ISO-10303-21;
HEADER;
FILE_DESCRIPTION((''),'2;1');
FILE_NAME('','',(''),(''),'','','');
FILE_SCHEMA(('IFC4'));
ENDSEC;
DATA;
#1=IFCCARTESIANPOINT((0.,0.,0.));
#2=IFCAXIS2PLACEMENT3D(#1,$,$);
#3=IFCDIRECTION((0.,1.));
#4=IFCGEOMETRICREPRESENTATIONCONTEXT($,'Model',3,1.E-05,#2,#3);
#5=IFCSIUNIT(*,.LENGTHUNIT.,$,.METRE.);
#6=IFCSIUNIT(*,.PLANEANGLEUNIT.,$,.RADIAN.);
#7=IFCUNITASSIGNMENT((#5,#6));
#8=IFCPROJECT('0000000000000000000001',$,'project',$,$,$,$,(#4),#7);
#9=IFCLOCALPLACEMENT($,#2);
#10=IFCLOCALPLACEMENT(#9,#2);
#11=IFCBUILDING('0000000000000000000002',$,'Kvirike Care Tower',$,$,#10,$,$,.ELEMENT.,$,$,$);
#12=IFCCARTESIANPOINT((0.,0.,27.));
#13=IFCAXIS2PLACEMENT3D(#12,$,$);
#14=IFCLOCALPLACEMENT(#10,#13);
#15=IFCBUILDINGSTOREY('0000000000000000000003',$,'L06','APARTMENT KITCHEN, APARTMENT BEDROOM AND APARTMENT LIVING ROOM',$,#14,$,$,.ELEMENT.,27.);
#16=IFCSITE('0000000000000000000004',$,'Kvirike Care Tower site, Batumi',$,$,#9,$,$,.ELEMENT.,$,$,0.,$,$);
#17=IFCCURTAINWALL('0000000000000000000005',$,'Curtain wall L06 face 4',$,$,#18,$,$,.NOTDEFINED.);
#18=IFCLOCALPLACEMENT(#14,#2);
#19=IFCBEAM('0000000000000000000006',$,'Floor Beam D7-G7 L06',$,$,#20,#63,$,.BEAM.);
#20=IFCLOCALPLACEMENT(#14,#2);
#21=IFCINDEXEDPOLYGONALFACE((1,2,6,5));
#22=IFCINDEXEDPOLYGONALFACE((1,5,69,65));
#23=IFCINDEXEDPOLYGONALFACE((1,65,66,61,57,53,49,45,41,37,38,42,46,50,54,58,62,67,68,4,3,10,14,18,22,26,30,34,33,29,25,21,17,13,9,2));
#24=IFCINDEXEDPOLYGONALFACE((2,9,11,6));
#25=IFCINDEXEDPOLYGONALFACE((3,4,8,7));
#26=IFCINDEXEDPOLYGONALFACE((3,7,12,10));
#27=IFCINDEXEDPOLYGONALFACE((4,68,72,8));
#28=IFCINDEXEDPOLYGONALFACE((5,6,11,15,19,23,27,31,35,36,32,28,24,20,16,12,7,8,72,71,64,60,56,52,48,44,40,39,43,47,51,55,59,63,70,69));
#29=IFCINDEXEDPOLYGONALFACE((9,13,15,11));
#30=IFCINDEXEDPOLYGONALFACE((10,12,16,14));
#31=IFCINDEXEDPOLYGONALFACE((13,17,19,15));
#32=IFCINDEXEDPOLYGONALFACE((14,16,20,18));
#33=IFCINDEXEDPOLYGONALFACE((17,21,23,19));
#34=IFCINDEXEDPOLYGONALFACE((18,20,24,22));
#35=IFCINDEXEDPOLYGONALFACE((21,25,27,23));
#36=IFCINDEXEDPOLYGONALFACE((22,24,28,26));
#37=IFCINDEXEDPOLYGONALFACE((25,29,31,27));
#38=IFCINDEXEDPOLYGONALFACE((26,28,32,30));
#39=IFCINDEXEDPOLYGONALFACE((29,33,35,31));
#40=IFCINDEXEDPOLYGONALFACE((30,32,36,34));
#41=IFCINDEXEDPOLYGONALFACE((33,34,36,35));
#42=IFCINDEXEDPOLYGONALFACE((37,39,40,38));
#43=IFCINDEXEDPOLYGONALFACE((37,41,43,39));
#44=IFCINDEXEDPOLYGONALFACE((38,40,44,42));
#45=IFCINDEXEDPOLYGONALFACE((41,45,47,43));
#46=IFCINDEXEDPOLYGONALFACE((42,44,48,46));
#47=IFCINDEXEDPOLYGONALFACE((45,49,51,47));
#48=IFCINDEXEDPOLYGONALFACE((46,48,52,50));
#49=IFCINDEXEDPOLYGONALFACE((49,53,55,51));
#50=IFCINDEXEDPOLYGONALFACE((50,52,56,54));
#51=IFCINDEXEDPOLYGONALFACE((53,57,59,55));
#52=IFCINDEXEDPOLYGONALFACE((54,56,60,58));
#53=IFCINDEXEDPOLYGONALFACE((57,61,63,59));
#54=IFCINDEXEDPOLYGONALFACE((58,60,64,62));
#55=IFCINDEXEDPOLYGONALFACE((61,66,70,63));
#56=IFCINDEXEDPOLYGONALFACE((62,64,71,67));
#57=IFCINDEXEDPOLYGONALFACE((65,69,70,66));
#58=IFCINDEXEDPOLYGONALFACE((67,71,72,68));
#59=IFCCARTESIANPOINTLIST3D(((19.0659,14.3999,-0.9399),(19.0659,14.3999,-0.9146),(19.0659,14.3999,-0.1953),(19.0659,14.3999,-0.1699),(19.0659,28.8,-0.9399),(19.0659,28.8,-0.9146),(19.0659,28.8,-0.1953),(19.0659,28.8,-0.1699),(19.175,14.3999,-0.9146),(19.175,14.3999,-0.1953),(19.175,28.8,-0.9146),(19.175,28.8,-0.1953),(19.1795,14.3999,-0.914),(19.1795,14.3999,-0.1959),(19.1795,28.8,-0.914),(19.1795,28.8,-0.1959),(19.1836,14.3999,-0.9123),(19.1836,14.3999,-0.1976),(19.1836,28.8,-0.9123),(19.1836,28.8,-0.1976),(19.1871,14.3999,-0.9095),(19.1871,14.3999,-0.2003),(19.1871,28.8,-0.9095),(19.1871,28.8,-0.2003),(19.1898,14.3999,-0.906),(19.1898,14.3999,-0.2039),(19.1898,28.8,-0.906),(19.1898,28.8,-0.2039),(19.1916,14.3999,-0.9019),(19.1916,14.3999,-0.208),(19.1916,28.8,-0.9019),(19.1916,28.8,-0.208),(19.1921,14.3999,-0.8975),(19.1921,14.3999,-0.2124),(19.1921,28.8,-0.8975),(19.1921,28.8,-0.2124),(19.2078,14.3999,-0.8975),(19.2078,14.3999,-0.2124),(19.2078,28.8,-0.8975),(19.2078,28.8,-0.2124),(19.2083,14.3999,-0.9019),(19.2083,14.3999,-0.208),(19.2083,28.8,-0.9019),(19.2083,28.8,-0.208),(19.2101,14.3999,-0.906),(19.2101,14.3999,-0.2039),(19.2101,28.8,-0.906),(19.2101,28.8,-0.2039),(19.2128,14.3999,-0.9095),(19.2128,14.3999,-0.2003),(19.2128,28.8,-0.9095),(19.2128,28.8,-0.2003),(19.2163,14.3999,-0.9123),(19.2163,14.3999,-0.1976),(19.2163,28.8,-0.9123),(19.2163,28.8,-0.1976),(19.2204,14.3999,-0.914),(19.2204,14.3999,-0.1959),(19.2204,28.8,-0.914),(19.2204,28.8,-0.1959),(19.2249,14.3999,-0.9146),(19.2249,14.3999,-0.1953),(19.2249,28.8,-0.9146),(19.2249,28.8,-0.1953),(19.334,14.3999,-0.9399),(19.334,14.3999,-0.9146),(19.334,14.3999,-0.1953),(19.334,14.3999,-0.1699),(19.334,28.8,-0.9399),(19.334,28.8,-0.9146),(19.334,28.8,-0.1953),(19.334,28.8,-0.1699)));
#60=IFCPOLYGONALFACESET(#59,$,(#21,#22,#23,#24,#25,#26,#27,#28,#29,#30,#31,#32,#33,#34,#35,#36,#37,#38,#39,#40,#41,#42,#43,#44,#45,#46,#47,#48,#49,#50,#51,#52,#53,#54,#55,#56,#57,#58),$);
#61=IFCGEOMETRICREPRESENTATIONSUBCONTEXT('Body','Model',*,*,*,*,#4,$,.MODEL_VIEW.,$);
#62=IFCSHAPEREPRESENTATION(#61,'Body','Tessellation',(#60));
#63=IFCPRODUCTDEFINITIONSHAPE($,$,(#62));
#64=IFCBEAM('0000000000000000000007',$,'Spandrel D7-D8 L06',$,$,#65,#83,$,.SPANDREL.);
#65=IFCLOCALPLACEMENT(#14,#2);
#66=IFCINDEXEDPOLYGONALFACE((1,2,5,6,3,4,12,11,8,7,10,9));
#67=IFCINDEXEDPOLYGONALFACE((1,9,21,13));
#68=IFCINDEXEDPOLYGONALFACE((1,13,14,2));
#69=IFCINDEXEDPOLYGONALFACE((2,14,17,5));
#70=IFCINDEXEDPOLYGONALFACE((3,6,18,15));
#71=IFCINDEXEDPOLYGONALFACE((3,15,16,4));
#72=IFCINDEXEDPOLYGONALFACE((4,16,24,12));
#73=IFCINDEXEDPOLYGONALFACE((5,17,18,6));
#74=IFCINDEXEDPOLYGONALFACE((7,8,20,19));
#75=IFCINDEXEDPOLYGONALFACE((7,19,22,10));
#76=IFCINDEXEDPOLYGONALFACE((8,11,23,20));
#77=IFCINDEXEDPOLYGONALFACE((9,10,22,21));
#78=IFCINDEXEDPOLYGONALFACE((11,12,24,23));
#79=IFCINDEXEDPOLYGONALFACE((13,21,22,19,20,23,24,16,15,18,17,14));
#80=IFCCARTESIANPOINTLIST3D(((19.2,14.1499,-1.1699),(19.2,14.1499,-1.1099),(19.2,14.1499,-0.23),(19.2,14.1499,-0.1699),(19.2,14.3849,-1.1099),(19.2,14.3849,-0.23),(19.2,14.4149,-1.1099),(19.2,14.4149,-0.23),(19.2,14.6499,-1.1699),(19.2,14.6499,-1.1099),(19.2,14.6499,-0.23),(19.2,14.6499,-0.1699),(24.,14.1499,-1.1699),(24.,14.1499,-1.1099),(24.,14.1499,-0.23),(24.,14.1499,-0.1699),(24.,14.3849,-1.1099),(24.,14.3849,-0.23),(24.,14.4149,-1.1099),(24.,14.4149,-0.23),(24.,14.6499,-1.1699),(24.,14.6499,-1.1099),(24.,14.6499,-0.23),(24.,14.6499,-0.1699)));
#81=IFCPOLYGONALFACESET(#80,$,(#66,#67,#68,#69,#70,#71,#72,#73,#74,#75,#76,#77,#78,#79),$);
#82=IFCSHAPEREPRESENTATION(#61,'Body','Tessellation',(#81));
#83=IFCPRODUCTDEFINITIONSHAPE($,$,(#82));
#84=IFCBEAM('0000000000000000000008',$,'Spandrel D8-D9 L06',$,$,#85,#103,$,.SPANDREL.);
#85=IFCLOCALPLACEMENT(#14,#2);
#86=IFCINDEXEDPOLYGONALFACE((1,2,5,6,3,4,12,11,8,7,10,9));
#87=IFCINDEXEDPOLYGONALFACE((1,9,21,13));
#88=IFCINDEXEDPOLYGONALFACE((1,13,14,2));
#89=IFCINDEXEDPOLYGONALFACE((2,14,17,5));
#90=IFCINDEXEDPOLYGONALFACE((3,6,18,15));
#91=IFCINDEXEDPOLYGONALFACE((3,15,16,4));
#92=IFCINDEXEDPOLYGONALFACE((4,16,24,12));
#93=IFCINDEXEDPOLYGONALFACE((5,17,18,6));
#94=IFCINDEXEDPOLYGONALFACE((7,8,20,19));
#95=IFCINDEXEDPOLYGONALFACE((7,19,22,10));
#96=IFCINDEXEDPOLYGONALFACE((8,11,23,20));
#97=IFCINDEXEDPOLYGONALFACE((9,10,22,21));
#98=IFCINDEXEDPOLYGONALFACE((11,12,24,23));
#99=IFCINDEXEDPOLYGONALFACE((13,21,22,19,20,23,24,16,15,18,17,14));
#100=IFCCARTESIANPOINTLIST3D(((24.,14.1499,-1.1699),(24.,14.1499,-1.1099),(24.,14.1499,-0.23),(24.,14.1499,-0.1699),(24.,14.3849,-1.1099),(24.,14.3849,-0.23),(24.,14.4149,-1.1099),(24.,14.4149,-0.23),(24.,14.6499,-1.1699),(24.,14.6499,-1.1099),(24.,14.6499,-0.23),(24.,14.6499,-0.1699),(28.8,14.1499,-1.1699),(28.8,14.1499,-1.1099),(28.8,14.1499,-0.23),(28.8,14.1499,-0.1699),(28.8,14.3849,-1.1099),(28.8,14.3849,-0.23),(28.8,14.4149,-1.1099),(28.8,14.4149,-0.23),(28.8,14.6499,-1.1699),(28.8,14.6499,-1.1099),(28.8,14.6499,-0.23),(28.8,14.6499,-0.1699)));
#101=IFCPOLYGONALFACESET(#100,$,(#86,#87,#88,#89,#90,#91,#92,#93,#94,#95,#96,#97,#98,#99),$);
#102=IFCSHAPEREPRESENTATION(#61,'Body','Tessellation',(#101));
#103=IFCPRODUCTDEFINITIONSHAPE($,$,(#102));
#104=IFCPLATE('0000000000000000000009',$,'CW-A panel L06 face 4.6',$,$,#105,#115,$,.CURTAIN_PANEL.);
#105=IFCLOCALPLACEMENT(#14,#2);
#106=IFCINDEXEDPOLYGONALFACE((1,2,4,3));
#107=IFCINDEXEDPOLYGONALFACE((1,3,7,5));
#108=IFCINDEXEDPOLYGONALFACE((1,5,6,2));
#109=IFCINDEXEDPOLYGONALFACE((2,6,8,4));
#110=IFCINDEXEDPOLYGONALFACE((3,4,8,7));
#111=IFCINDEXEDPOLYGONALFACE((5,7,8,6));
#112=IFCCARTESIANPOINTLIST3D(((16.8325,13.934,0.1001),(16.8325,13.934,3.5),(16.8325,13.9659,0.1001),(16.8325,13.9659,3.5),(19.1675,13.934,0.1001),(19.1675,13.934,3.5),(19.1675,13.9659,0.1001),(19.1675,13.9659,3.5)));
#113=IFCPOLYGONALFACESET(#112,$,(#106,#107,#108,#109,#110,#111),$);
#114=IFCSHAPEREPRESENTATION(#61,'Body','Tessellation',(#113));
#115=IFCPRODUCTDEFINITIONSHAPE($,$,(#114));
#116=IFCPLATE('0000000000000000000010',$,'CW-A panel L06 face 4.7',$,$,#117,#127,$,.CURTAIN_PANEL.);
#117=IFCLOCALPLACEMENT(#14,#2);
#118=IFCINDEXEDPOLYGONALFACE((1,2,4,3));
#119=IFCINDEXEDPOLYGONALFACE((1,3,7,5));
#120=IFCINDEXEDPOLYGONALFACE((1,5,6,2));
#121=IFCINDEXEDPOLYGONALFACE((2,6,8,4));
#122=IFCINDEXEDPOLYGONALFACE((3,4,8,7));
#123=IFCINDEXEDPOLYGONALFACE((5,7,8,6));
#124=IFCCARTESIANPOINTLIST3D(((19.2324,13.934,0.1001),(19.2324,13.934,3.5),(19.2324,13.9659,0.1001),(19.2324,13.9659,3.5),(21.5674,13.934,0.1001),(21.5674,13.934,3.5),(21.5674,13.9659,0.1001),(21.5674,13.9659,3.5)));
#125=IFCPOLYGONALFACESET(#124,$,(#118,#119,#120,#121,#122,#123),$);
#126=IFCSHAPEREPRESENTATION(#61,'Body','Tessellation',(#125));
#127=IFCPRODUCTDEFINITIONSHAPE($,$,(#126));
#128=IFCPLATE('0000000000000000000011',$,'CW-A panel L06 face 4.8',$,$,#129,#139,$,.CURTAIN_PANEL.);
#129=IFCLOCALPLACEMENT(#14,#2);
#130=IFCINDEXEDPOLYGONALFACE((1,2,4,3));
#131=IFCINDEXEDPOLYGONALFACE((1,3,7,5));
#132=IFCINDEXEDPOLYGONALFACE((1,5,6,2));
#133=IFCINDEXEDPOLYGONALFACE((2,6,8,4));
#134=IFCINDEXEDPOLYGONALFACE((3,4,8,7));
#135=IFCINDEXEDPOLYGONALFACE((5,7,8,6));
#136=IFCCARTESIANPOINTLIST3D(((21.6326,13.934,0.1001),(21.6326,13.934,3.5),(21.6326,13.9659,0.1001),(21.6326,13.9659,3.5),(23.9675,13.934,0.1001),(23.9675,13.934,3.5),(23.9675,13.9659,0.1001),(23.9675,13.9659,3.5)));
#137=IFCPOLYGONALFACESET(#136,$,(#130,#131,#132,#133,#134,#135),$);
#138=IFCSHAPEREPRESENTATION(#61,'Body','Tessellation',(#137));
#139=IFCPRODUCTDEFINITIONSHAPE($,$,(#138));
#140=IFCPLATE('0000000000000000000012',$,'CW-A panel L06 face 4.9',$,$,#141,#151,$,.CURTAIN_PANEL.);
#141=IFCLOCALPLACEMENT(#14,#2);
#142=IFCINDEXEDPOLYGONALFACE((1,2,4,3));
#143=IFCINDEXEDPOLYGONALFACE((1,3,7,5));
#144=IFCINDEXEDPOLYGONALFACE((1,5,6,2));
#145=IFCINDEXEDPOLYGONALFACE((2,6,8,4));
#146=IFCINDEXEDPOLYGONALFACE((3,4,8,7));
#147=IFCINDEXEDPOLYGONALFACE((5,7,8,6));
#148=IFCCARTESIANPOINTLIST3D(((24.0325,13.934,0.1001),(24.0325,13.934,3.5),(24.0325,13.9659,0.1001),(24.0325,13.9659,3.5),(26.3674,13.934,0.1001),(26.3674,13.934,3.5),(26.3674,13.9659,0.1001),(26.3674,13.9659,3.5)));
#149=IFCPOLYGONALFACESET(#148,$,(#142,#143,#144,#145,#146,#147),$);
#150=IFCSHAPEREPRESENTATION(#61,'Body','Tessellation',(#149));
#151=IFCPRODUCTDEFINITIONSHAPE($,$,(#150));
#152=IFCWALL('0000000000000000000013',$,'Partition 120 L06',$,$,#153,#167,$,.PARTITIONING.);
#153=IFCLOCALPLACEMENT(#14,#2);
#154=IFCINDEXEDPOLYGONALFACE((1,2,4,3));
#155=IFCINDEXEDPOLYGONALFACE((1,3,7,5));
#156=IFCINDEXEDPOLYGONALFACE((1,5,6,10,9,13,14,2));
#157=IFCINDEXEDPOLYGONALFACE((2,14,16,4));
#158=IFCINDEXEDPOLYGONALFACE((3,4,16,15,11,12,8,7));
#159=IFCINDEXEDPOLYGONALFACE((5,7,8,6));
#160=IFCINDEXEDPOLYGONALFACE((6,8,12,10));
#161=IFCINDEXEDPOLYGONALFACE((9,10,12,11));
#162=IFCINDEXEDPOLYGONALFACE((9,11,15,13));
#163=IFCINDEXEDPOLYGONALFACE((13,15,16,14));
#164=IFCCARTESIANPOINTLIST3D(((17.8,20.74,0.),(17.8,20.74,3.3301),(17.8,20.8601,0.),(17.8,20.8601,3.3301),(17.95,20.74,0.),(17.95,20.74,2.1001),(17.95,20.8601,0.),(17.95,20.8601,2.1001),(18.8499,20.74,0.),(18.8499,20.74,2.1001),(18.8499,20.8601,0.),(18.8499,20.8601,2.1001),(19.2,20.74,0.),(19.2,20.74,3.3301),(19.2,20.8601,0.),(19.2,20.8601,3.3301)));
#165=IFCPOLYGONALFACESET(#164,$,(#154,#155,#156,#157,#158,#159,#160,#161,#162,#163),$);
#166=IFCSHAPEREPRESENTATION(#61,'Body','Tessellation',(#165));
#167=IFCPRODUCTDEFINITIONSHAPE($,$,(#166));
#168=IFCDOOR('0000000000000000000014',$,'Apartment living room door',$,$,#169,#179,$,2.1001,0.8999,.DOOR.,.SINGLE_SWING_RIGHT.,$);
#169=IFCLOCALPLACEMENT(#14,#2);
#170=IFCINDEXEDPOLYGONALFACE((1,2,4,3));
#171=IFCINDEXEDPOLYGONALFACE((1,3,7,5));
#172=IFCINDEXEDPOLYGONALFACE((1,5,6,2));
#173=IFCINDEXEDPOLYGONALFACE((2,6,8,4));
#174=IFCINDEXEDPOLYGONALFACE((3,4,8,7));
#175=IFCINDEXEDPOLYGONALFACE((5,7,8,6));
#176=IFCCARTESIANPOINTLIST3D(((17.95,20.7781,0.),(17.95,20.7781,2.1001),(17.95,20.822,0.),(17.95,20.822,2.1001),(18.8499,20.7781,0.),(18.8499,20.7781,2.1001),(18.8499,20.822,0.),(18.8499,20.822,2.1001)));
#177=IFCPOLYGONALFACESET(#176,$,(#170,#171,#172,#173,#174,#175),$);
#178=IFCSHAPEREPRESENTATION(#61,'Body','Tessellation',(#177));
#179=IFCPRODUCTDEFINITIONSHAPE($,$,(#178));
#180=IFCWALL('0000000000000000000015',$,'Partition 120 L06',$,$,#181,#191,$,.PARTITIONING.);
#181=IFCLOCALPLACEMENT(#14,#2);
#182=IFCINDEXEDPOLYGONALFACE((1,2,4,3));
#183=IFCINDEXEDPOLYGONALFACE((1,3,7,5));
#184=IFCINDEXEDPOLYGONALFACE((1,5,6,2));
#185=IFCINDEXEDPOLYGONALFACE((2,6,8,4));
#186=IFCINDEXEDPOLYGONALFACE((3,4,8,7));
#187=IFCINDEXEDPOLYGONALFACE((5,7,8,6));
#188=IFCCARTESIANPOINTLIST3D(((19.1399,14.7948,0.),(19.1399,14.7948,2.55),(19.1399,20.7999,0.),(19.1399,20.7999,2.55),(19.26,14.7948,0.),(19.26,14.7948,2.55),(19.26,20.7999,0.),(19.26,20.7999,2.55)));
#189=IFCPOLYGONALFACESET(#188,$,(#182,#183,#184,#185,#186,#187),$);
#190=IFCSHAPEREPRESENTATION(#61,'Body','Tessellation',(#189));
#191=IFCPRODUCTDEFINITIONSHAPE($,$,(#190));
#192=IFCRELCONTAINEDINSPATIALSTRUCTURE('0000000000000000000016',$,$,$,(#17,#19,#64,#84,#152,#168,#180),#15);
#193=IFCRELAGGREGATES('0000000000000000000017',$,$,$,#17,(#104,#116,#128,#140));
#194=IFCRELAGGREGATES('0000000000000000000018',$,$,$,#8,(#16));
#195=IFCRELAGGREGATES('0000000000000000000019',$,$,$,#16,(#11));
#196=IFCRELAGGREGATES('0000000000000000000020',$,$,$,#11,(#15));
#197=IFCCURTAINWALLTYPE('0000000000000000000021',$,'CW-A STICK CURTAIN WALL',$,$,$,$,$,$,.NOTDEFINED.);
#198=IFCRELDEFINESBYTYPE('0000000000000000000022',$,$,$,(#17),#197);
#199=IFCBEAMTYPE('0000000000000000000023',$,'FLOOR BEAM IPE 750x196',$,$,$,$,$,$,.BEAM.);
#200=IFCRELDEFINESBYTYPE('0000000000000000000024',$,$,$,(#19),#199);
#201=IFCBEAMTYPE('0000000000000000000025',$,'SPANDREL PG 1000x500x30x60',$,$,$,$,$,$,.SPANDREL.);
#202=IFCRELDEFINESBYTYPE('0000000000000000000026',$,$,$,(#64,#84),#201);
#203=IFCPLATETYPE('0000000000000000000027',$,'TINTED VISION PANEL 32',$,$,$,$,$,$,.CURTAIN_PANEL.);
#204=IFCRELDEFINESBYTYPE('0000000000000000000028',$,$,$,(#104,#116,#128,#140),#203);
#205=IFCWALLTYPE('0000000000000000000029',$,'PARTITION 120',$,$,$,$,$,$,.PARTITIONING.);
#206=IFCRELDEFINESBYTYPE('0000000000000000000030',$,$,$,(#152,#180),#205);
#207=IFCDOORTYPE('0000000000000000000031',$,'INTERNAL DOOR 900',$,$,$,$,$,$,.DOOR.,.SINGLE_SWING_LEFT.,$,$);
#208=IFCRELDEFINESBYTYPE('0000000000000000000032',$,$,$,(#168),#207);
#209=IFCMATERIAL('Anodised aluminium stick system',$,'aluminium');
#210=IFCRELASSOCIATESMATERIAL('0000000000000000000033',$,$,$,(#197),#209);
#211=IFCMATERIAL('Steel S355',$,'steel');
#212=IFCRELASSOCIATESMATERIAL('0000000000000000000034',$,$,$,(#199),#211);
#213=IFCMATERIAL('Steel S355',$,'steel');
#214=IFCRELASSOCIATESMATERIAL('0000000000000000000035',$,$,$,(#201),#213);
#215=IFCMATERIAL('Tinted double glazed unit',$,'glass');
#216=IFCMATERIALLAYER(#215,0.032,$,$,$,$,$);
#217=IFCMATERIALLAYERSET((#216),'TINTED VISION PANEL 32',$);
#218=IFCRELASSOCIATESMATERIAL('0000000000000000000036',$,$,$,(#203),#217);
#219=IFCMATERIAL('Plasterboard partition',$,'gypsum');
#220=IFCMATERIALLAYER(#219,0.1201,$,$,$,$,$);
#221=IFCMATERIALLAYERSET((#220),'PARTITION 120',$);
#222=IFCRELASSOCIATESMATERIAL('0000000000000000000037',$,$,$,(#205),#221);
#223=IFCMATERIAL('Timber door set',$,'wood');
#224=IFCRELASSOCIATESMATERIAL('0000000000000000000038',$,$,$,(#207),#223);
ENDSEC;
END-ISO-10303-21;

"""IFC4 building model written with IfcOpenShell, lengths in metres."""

from ifc_helpers import new_model, si_unit, direction, frame, frame_2d, origin, origin_2d, place, context, subcontext, project, spatial, rectangle, i_section, extrude, material, layer, layer_set, material_profile, profile_set, type_object, element, fill, aggregate, save


model = new_model("IFC4")

# Units and contexts
model_context = context("Model", 3, precision=1e-05, world=origin(), true_north=direction((0.0, 1.0)))
body_context = subcontext(model_context, "Body", "Model", "MODEL_VIEW")
ifc_project = project(units=[si_unit("LENGTHUNIT", "METRE"), si_unit("PLANEANGLEUNIT", "RADIAN")], contexts=[model_context])

# Site, building, storey
site_placement = place(None, origin())
site = spatial("IfcSite", under=ifc_project, at=site_placement, Name="Kvirike Care Tower site, Batumi", CompositionType="ELEMENT", RefElevation=0.0)
building_placement = place(site_placement, origin())
building = spatial("IfcBuilding", under=site, at=building_placement, Name="Kvirike Care Tower", CompositionType="ELEMENT")
storey_placement = place(building_placement, frame((0.0, 0.0, 27.0)))
storey = spatial("IfcBuildingStorey", under=building, at=storey_placement, Name="L06", Description="APARTMENT KITCHEN, APARTMENT BEDROOM AND APARTMENT LIVING ROOM", CompositionType="ELEMENT", Elevation=27.0)

# Curtain wall
ifc_material_1 = material(Name="Anodised aluminium stick system", Category="aluminium")
curtain_wall_type = type_object("IfcCurtainWallType", Name="CW-A STICK CURTAIN WALL", PredefinedType="NOTDEFINED", material=ifc_material_1)
curtain_wall_placement = place(storey_placement, origin())
curtain_wall = element("IfcCurtainWall", 1, at=curtain_wall_placement, inside=storey, type_object=curtain_wall_type, Name="Curtain wall L06 face 4", PredefinedType="NOTDEFINED")

# Beams
ifc_material_2 = material(Name="Steel S355", Category="steel")
ifc_material_profile_1 = material_profile(ifc_material_2, i_section(OverallWidth=0.2681, OverallDepth=0.77, WebThickness=0.0156, FlangeThickness=0.0254, FilletRadius=0.0171, at=origin_2d()), Name="IPE 750x196")
ifc_profile_set_1 = profile_set([ifc_material_profile_1], Name="Steel S355")
beam_type_1 = type_object("IfcBeamType", Name="FLOOR BEAM IPE 750x196", PredefinedType="BEAM", material=ifc_profile_set_1)
beam_1_placement = place(storey_placement, frame((19.2, 14.3999, -0.5549), z_axis=(0.0, 1.0, 0.0), x_axis=(-1.0, 0.0, 0.0)))
element("IfcBeam", 2, at=beam_1_placement, inside=storey, type_object=beam_type_1, Name="Floor Beam D7-G7 L06", PredefinedType="BEAM", context=body_context, shape_type="SweptSolid", body=[
    extrude(i_section(OverallWidth=0.2681, OverallDepth=0.77, WebThickness=0.0156, FlangeThickness=0.0254, FilletRadius=0.0171, at=origin_2d()), origin(), (0.0, 0.0, 1.0), 14.4001),
])
ifc_material_3 = material(Name="Steel S355", Category="steel")
ifc_material_profile_2 = material_profile(ifc_material_3, i_section(OverallWidth=0.5, OverallDepth=1.0, WebThickness=0.03, FlangeThickness=0.0601, at=origin_2d()), Name="PG 1000x500x30x60")
ifc_profile_set_2 = profile_set([ifc_material_profile_2], Name="Steel S355")
beam_type_2 = type_object("IfcBeamType", Name="SPANDREL PG 1000x500x30x60", PredefinedType="SPANDREL", material=ifc_profile_set_2)
for number, where, z_axis, x_axis, name in (
    (3, (19.2, 14.3999, -0.6699), (1.0, 0.0, 0.0), (0.0, 1.0, 0.0), "Spandrel D7-D8 L06"),
    (4, (24.0, 14.3999, -0.6699), (1.0, 0.0, 0.0), (0.0, 1.0, 0.0), "Spandrel D8-D9 L06"),
):
    element("IfcBeam", number, at=place(storey_placement, frame(where, z_axis=z_axis, x_axis=x_axis)), inside=storey, type_object=beam_type_2, Name=name, PredefinedType="SPANDREL", context=body_context, shape_type="SweptSolid", body=[
        extrude(i_section(OverallWidth=0.5, OverallDepth=1.0, WebThickness=0.03, FlangeThickness=0.0601, at=origin_2d()), origin(), (0.0, 0.0, 1.0), 4.8),
    ])

# Plates
ifc_material_4 = material(Name="Tinted double glazed unit", Category="glass")
ifc_layer_1 = layer(ifc_material_4, 0.032)
ifc_layer_set_1 = layer_set([ifc_layer_1], Name="TINTED VISION PANEL 32")
plate_type = type_object("IfcPlateType", Name="TINTED VISION PANEL 32", PredefinedType="CURTAIN_PANEL", material=ifc_layer_set_1)
plate_1_placement = place(storey_placement, frame((18.0, 13.95, 0.1001), z_axis=(0.0, 0.0, 1.0), x_axis=(1.0, 0.0, 0.0)))
plate_1 = element("IfcPlate", 5, at=plate_1_placement, type_object=plate_type, Name="CW-A panel L06 face 4.6", PredefinedType="CURTAIN_PANEL", context=body_context, shape_type="SweptSolid", body=[
    extrude(rectangle(XDim=2.335, YDim=0.032, at=origin_2d()), origin(), (0.0, 0.0, 1.0), 3.3999),
])
plate_2_placement = place(storey_placement, frame((20.3999, 13.95, 0.1001), z_axis=(0.0, 0.0, 1.0), x_axis=(1.0, 0.0, 0.0)))
plate_2 = element("IfcPlate", 6, at=plate_2_placement, type_object=plate_type, Name="CW-A panel L06 face 4.7", PredefinedType="CURTAIN_PANEL", context=body_context, shape_type="SweptSolid", body=[
    extrude(rectangle(XDim=2.335, YDim=0.032, at=origin_2d()), origin(), (0.0, 0.0, 1.0), 3.3999),
])
plate_3_placement = place(storey_placement, frame((22.8, 13.95, 0.1001), z_axis=(0.0, 0.0, 1.0), x_axis=(1.0, 0.0, 0.0)))
plate_3 = element("IfcPlate", 7, at=plate_3_placement, type_object=plate_type, Name="CW-A panel L06 face 4.8", PredefinedType="CURTAIN_PANEL", context=body_context, shape_type="SweptSolid", body=[
    extrude(rectangle(XDim=2.335, YDim=0.032, at=origin_2d()), origin(), (0.0, 0.0, 1.0), 3.3999),
])
plate_4_placement = place(storey_placement, frame((25.2, 13.95, 0.1001), z_axis=(0.0, 0.0, 1.0), x_axis=(1.0, 0.0, 0.0)))
plate_4 = element("IfcPlate", 8, at=plate_4_placement, type_object=plate_type, Name="CW-A panel L06 face 4.9", PredefinedType="CURTAIN_PANEL", context=body_context, shape_type="SweptSolid", body=[
    extrude(rectangle(XDim=2.335, YDim=0.032, at=origin_2d()), origin(), (0.0, 0.0, 1.0), 3.3999),
])
aggregate(curtain_wall, [plate_1, plate_2, plate_3, plate_4])

# Wall, opening, door
ifc_material_5 = material(Name="Plasterboard partition", Category="gypsum")
ifc_layer_2 = layer(ifc_material_5, 0.1201)
ifc_layer_set_2 = layer_set([ifc_layer_2], Name="PARTITION 120")
wall_type_1 = type_object("IfcWallType", Name="PARTITION 120", PredefinedType="PARTITIONING", material=ifc_layer_set_2)
wall_1_placement = place(storey_placement, frame((17.8, 20.8, 0.0), z_axis=(0.0, 0.0, 1.0), x_axis=(1.0, 0.0, 0.0)))
wall_1 = element("IfcWall", 9, at=wall_1_placement, inside=storey, type_object=wall_type_1, Name="Partition 120 L06", PredefinedType="PARTITIONING", context=body_context, shape_type="SweptSolid", body=[
    extrude(rectangle(XDim=1.3999, YDim=0.1201, at=frame_2d((0.7, 0.0))), origin(), (0.0, 0.0, 1.0), 3.3301),
])
opening_placement = place(wall_1_placement, frame((0.1499, 0.0, 0.0)))
opening = element("IfcOpeningElement", 10, at=opening_placement, cuts=wall_1, PredefinedType="OPENING", context=body_context, shape_type="SweptSolid", body=[
    extrude(rectangle(XDim=0.8999, YDim=2.1001, at=frame_2d((0.45, 1.05))), frame((0.0, 0.0706, 0.0), z_axis=(0.0, -1.0, 0.0), x_axis=(1.0, 0.0, 0.0)), (0.0, 0.0, 1.0), 0.1411),
])
ifc_material_6 = material(Name="Timber door set", Category="wood")
door_type = type_object("IfcDoorType", Name="INTERNAL DOOR 900", OperationType="SINGLE_SWING_LEFT", PredefinedType="DOOR", material=ifc_material_6)
door_placement = place(opening_placement, origin())
door = element("IfcDoor", 11, at=door_placement, inside=storey, type_object=door_type, Name="Apartment living room door", OperationType="SINGLE_SWING_RIGHT", OverallHeight=2.1001, OverallWidth=0.8999, PredefinedType="DOOR", context=body_context, shape_type="SweptSolid", body=[
    extrude(rectangle(XDim=0.8999, YDim=2.1001, at=frame_2d((0.45, 1.05))), frame((0.0, 0.022, 0.0), z_axis=(0.0, -1.0, 0.0), x_axis=(1.0, 0.0, 0.0)), (0.0, 0.0, 1.0), 0.0439),
])
fill(opening, door)

# Wall
wall_2_placement = place(storey_placement, frame((19.2, 14.7949, 0.0), z_axis=(0.0, 0.0, 1.0), x_axis=(0.0, 1.0, 0.0)))
element("IfcWall", 12, at=wall_2_placement, inside=storey, type_object=wall_type_1, Name="Partition 120 L06", PredefinedType="PARTITIONING", context=body_context, shape_type="SweptSolid", body=[
    extrude(rectangle(XDim=6.0051, YDim=0.1201, at=frame_2d((3.0024, 0.0))), origin(), (0.0, 0.0, 1.0), 2.55),
])

save(model, "model.ifc")
